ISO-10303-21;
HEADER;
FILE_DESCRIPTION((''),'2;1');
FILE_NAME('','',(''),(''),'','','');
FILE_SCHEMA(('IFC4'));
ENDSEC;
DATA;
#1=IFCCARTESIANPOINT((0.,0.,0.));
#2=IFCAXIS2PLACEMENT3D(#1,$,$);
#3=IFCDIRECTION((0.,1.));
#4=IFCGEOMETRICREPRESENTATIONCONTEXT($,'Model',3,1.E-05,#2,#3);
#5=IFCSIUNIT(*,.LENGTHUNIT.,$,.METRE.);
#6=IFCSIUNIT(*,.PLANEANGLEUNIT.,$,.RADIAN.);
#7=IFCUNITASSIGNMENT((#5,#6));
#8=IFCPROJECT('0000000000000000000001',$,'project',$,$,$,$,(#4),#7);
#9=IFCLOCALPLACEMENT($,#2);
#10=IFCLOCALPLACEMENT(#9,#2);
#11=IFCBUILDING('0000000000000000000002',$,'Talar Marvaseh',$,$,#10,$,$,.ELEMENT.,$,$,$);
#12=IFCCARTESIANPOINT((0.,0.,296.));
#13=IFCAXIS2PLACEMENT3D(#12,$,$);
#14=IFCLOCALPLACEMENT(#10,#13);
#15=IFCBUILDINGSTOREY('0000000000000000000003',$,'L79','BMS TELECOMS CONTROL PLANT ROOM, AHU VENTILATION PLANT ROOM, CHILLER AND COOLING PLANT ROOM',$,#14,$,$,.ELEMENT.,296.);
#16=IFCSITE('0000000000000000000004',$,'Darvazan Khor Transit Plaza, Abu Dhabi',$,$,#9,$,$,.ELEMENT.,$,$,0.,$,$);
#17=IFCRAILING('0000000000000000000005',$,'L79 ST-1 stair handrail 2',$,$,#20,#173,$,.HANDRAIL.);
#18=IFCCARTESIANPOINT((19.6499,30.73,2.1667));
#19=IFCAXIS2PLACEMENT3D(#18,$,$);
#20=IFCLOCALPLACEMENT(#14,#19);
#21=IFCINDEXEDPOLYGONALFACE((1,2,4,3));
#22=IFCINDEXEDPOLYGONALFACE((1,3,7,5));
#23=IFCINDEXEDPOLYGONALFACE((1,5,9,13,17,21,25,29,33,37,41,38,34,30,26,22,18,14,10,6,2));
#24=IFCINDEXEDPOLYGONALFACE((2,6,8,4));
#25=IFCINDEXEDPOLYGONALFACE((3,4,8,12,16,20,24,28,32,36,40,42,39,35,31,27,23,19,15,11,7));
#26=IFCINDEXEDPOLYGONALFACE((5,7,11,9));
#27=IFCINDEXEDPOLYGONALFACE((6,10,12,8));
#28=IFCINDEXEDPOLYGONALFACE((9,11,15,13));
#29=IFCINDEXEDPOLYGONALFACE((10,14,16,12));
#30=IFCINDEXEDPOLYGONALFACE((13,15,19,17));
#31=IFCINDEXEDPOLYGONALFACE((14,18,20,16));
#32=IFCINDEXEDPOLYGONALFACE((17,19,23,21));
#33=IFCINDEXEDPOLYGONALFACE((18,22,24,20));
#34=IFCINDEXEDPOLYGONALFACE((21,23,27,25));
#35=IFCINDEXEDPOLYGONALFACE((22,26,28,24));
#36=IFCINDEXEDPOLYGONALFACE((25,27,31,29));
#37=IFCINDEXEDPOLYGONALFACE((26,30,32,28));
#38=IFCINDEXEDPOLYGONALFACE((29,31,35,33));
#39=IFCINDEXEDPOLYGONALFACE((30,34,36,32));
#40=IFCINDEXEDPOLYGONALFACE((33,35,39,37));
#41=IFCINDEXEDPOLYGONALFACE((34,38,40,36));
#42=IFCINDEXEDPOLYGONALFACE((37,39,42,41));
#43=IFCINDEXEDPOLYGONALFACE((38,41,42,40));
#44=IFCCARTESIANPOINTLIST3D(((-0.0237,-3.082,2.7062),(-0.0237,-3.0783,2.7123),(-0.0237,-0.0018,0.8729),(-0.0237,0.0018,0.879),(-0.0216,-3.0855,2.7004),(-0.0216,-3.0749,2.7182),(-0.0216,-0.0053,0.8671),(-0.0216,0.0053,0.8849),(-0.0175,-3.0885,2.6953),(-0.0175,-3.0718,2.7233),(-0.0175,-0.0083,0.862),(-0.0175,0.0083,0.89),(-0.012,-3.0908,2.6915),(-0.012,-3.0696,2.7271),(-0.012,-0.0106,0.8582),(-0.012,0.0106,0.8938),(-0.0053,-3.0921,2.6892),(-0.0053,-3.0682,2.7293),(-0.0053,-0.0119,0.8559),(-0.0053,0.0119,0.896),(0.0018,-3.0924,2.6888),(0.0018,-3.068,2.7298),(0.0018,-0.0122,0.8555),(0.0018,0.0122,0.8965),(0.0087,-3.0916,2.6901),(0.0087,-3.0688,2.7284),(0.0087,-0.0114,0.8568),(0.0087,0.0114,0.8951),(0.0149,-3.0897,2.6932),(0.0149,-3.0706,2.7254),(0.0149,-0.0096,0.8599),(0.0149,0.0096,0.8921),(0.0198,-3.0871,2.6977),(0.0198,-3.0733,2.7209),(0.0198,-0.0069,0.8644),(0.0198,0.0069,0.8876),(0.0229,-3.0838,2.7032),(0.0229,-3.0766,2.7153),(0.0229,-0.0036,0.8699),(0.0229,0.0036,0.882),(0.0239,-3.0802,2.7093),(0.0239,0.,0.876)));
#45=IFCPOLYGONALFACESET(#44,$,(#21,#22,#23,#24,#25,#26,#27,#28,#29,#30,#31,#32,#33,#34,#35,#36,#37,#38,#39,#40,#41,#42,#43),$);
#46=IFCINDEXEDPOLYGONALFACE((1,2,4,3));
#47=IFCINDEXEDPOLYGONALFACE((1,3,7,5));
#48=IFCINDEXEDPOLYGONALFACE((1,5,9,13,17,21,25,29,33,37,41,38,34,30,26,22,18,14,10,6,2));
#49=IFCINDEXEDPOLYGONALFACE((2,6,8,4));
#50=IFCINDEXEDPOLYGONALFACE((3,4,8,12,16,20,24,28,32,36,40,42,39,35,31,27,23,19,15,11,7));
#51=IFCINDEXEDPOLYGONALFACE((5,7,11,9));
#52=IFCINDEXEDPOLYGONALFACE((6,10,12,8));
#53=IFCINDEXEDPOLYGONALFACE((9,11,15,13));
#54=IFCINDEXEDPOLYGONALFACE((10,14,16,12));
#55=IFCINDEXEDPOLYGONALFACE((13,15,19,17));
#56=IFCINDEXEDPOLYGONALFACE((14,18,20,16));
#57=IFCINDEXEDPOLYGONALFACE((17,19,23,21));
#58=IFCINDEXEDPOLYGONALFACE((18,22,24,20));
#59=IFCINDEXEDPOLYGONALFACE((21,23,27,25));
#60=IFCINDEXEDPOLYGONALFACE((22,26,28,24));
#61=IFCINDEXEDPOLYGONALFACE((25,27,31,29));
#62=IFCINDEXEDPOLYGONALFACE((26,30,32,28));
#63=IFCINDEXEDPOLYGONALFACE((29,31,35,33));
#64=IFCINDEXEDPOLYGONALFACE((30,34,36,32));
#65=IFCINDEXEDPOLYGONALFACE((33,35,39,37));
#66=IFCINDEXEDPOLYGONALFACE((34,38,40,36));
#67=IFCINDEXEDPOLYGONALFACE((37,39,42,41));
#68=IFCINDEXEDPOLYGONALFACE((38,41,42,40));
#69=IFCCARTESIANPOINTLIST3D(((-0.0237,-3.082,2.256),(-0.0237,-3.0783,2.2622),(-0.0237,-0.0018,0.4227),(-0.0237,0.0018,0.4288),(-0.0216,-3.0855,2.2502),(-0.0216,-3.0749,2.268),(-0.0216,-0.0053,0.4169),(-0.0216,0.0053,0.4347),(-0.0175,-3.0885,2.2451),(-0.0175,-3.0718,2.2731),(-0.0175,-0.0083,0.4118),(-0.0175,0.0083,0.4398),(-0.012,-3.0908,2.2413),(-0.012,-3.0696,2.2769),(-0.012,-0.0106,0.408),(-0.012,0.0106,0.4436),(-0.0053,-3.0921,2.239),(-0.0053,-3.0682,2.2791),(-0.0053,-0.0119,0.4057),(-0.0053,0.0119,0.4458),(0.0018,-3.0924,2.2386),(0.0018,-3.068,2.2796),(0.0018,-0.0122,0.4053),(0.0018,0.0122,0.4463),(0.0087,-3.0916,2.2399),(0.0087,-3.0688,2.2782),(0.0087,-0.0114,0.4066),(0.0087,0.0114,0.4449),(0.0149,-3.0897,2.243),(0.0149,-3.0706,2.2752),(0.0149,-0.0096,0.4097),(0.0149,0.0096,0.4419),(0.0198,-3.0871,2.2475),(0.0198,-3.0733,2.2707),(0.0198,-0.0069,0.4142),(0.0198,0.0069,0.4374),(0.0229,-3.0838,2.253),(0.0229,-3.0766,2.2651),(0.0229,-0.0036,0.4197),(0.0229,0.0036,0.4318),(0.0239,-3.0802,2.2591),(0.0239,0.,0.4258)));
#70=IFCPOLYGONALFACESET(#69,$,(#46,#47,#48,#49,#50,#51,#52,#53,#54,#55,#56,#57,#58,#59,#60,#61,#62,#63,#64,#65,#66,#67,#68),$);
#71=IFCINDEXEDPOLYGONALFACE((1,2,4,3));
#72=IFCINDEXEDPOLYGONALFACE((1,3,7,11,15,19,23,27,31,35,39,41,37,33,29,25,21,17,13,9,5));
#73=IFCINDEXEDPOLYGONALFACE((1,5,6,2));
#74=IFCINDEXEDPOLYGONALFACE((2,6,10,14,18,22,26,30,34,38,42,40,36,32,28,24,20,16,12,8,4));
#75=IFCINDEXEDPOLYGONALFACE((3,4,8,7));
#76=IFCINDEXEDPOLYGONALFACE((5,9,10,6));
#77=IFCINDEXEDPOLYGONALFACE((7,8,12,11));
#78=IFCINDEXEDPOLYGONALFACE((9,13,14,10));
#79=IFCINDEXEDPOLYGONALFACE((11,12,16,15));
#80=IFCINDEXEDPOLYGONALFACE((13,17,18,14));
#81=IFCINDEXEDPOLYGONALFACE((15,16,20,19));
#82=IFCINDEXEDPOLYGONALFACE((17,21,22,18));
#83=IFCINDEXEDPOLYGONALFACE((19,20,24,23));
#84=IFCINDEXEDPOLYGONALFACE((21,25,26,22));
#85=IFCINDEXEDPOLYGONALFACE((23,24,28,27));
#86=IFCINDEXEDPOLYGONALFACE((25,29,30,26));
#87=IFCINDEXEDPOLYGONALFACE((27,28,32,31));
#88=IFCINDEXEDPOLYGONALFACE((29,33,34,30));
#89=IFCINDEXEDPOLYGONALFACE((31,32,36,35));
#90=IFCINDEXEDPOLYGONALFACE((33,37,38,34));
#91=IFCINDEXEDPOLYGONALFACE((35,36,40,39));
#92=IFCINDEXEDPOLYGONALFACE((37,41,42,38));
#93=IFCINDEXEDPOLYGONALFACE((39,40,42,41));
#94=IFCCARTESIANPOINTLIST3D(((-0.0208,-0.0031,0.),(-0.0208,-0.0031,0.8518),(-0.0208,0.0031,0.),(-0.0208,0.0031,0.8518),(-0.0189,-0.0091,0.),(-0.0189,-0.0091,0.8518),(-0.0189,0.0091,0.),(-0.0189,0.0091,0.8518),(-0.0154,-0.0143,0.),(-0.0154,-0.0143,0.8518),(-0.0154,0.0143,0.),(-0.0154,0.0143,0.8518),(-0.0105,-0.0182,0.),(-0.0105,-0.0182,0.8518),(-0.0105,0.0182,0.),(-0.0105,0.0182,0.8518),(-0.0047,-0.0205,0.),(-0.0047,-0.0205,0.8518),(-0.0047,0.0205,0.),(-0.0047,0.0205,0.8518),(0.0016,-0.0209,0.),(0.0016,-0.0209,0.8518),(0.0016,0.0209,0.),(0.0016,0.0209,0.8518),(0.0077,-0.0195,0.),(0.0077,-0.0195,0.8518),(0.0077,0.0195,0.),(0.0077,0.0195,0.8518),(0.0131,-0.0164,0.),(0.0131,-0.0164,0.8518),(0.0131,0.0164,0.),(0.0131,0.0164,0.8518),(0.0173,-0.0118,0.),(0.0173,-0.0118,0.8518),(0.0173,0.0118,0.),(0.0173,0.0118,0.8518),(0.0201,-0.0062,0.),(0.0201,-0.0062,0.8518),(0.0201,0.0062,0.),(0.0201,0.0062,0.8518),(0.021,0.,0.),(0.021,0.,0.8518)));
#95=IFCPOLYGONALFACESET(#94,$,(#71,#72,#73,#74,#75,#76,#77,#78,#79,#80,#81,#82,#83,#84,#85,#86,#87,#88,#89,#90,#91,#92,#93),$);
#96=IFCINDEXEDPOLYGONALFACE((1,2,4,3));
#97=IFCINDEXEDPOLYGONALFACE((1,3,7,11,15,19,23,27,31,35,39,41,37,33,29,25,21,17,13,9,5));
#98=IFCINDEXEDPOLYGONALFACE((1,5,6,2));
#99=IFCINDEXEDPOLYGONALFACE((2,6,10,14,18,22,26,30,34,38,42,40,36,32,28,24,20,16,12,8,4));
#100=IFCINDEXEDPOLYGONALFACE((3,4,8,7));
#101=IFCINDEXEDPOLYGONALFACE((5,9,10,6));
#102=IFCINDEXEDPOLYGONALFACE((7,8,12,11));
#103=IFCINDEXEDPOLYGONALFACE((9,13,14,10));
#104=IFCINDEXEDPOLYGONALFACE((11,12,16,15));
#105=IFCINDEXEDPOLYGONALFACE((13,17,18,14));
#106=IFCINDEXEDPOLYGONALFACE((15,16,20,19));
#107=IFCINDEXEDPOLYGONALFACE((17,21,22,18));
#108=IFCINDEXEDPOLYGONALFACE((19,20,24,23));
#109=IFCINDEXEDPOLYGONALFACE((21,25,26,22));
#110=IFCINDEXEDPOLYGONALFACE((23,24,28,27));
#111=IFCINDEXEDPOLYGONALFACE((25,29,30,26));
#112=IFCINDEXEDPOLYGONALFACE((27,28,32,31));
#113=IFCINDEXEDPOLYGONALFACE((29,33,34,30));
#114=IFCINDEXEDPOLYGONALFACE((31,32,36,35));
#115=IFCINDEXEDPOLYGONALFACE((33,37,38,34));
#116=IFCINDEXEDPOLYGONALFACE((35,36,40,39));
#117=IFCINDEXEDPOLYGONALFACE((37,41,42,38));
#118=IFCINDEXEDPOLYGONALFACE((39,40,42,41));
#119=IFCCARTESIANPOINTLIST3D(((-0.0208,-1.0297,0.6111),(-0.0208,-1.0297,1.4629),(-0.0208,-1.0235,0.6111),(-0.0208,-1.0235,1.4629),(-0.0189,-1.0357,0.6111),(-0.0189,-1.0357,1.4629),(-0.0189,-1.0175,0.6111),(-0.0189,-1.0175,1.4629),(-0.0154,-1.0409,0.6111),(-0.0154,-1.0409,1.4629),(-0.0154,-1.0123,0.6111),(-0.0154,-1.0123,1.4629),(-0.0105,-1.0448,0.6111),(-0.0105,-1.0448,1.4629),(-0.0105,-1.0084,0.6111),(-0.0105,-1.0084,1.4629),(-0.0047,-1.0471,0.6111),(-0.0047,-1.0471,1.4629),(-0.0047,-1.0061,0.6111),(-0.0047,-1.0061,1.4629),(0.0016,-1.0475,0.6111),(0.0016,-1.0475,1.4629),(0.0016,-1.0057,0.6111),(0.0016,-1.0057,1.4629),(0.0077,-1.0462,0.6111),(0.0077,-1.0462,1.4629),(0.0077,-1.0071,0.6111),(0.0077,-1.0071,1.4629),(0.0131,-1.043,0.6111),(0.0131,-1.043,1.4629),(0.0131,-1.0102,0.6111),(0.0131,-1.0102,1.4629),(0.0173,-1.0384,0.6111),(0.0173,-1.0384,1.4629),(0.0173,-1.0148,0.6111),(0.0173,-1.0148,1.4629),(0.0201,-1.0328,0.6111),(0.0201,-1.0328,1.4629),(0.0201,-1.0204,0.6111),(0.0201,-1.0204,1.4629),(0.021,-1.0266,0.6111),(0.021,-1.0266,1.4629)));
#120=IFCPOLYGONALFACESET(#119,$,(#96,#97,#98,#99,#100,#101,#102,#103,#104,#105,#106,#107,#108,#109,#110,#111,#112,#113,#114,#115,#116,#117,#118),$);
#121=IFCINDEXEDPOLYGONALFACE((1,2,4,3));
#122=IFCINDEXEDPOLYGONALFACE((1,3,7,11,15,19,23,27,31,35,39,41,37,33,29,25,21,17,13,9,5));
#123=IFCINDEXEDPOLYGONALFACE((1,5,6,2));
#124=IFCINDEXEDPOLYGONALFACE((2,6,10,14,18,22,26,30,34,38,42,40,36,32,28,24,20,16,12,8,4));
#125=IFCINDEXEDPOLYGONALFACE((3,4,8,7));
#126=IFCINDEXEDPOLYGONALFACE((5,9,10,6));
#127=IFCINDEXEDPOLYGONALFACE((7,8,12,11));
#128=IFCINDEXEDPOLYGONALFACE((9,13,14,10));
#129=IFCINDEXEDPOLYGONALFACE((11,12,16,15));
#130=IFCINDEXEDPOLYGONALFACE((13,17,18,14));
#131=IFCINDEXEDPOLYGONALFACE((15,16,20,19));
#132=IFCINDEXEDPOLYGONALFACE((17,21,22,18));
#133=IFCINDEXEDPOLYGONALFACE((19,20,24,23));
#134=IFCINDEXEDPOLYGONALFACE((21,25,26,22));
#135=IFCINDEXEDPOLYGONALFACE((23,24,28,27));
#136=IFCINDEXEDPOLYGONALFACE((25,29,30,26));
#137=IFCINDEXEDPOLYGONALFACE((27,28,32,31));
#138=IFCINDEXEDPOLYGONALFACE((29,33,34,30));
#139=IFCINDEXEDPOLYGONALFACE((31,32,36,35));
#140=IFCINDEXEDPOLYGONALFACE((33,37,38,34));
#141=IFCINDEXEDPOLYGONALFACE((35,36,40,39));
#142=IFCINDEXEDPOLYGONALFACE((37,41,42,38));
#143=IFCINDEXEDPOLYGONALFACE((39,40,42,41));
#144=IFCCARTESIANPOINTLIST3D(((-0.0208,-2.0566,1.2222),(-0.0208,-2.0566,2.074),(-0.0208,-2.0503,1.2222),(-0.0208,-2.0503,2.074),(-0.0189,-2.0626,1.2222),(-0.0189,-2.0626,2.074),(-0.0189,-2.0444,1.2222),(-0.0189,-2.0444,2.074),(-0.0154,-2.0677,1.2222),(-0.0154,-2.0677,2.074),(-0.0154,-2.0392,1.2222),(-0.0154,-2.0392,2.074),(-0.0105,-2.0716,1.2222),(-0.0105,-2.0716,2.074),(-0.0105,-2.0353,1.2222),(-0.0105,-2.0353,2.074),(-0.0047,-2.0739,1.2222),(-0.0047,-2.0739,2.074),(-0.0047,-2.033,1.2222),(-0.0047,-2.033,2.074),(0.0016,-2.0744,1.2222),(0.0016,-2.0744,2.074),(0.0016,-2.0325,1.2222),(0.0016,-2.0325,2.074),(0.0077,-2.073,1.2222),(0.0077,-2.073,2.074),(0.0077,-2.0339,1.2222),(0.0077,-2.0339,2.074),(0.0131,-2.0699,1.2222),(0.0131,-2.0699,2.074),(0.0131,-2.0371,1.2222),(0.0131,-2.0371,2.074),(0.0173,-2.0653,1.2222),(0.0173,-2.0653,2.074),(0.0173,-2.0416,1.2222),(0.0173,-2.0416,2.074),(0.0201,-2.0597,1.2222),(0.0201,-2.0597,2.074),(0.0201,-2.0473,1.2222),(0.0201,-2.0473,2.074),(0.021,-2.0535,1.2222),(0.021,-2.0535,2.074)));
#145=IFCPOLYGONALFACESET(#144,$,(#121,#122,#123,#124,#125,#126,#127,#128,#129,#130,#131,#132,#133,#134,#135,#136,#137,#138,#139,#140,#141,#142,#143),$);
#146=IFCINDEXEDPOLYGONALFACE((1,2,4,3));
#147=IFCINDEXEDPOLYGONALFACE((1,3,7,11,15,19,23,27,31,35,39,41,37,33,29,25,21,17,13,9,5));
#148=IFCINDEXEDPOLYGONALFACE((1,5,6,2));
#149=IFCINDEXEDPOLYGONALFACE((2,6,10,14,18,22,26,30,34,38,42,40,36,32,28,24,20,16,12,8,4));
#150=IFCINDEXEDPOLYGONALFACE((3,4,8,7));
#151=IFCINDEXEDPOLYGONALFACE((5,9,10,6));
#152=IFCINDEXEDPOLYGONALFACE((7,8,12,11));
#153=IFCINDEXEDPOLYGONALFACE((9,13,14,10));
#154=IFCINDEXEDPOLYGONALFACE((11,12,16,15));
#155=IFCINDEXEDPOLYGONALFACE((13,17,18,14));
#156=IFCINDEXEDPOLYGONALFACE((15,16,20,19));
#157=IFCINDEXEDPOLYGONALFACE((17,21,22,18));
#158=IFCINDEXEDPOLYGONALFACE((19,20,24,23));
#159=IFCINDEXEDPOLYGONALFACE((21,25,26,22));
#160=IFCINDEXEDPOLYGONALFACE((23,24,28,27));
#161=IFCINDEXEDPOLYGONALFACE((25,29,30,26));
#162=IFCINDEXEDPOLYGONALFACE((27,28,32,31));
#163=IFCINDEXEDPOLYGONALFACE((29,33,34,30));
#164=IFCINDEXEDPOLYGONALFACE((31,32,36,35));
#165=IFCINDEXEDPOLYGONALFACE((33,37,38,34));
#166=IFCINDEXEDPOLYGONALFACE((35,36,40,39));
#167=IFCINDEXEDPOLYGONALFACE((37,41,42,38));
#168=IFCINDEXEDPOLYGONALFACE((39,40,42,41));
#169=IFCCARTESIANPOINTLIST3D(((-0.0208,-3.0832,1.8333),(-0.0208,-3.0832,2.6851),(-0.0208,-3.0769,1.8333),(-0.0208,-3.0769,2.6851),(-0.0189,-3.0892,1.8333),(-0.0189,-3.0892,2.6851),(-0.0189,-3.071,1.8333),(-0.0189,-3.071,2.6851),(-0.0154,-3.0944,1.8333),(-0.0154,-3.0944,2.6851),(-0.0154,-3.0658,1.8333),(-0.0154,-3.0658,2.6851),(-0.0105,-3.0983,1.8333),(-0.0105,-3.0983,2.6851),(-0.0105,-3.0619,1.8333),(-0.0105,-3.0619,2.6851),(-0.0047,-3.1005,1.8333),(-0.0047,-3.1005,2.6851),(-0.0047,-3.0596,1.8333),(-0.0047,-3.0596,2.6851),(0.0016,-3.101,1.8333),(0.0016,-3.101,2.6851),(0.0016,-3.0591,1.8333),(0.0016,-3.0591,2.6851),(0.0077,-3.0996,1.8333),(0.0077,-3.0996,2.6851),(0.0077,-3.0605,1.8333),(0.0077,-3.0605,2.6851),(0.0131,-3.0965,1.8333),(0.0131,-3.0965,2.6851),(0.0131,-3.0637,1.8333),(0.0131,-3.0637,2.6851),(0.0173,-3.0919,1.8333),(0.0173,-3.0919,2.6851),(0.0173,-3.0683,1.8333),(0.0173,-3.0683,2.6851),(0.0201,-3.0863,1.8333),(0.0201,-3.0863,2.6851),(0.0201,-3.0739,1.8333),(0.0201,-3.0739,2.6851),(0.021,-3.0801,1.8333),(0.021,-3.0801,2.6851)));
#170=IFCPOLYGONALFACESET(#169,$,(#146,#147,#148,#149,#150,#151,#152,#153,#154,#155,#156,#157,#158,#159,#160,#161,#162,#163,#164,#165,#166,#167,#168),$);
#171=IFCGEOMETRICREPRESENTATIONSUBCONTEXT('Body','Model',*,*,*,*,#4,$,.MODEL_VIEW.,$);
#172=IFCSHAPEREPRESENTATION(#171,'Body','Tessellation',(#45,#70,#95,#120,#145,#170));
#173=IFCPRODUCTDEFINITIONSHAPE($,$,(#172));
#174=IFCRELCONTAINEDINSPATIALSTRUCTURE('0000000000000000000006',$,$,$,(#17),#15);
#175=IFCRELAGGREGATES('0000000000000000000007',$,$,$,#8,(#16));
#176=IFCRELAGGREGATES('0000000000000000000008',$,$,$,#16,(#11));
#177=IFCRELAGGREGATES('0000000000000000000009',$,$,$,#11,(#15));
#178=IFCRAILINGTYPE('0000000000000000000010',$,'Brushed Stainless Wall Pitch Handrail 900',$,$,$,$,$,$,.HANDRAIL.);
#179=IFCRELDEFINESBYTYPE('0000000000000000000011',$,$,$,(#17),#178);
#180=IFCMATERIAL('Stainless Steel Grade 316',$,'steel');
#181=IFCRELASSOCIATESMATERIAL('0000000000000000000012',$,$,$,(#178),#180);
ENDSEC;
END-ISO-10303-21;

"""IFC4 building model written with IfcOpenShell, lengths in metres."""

from ifc_helpers import new_model, si_unit, direction, frame, origin, origin_2d, place, context, subcontext, project, spatial, circle, extrude, material, type_object, element, save


model = new_model("IFC4")

# Units and contexts
model_context = context("Model", 3, precision=1e-05, world=origin(), true_north=direction((0.0, 1.0)))
body_context = subcontext(model_context, "Body", "Model", "MODEL_VIEW")
ifc_project = project(units=[si_unit("LENGTHUNIT", "METRE"), si_unit("PLANEANGLEUNIT", "RADIAN")], contexts=[model_context])

# Site, building, storey
site_placement = place(None, origin())
site = spatial("IfcSite", under=ifc_project, at=site_placement, Name="Darvazan Khor Transit Plaza, Abu Dhabi", CompositionType="ELEMENT", RefElevation=0.0)
building_placement = place(site_placement, origin())
building = spatial("IfcBuilding", under=site, at=building_placement, Name="Talar Marvaseh", CompositionType="ELEMENT")
storey_placement = place(building_placement, frame((0.0, 0.0, 296.0)))
storey = spatial("IfcBuildingStorey", under=building, at=storey_placement, Name="L79", Description="BMS TELECOMS CONTROL PLANT ROOM, AHU VENTILATION PLANT ROOM, CHILLER AND COOLING PLANT ROOM", CompositionType="ELEMENT", Elevation=296.0)

# Shared definitions
ifc_material_1 = material(Name="Stainless Steel Grade 316", Category="steel")

# Railing
railing_type_1 = type_object("IfcRailingType", Name="Brushed Stainless Wall Pitch Handrail 900", PredefinedType="HANDRAIL", material=ifc_material_1)
railing_1_placement = place(storey_placement, frame((19.6499, 30.73, 2.1667)))
element("IfcRailing", 1, at=railing_1_placement, inside=storey, type_object=railing_type_1, Name="L79 ST-1 stair handrail 2", PredefinedType="HANDRAIL", context=body_context, shape_type="SweptSolid", body=[
    extrude(circle(Radius=0.0239, at=origin_2d()), frame((0.0, 0.0, 0.876), z_axis=(0.0, -0.859309, 0.511458), x_axis=(1.0, 0.0, 0.0)), (0.0, 0.0, 1.0), 3.5845),
    extrude(circle(Radius=0.0239, at=origin_2d()), frame((0.0, 0.0, 0.4258), z_axis=(0.0, -0.859309, 0.511458), x_axis=(1.0, 0.0, 0.0)), (0.0, 0.0, 1.0), 3.5845),
    extrude(circle(Radius=0.021, at=origin_2d()), origin(), (0.0, 0.0, 1.0), 0.8518),
    extrude(circle(Radius=0.021, at=origin_2d()), frame((0.0, -1.0266, 0.6111)), (0.0, 0.0, 1.0), 0.8518),
    extrude(circle(Radius=0.021, at=origin_2d()), frame((0.0, -2.0535, 1.2222)), (0.0, 0.0, 1.0), 0.8518),
    extrude(circle(Radius=0.021, at=origin_2d()), frame((0.0, -3.0801, 1.8333)), (0.0, 0.0, 1.0), 0.8518),
])

save(model, "model.ifc")
